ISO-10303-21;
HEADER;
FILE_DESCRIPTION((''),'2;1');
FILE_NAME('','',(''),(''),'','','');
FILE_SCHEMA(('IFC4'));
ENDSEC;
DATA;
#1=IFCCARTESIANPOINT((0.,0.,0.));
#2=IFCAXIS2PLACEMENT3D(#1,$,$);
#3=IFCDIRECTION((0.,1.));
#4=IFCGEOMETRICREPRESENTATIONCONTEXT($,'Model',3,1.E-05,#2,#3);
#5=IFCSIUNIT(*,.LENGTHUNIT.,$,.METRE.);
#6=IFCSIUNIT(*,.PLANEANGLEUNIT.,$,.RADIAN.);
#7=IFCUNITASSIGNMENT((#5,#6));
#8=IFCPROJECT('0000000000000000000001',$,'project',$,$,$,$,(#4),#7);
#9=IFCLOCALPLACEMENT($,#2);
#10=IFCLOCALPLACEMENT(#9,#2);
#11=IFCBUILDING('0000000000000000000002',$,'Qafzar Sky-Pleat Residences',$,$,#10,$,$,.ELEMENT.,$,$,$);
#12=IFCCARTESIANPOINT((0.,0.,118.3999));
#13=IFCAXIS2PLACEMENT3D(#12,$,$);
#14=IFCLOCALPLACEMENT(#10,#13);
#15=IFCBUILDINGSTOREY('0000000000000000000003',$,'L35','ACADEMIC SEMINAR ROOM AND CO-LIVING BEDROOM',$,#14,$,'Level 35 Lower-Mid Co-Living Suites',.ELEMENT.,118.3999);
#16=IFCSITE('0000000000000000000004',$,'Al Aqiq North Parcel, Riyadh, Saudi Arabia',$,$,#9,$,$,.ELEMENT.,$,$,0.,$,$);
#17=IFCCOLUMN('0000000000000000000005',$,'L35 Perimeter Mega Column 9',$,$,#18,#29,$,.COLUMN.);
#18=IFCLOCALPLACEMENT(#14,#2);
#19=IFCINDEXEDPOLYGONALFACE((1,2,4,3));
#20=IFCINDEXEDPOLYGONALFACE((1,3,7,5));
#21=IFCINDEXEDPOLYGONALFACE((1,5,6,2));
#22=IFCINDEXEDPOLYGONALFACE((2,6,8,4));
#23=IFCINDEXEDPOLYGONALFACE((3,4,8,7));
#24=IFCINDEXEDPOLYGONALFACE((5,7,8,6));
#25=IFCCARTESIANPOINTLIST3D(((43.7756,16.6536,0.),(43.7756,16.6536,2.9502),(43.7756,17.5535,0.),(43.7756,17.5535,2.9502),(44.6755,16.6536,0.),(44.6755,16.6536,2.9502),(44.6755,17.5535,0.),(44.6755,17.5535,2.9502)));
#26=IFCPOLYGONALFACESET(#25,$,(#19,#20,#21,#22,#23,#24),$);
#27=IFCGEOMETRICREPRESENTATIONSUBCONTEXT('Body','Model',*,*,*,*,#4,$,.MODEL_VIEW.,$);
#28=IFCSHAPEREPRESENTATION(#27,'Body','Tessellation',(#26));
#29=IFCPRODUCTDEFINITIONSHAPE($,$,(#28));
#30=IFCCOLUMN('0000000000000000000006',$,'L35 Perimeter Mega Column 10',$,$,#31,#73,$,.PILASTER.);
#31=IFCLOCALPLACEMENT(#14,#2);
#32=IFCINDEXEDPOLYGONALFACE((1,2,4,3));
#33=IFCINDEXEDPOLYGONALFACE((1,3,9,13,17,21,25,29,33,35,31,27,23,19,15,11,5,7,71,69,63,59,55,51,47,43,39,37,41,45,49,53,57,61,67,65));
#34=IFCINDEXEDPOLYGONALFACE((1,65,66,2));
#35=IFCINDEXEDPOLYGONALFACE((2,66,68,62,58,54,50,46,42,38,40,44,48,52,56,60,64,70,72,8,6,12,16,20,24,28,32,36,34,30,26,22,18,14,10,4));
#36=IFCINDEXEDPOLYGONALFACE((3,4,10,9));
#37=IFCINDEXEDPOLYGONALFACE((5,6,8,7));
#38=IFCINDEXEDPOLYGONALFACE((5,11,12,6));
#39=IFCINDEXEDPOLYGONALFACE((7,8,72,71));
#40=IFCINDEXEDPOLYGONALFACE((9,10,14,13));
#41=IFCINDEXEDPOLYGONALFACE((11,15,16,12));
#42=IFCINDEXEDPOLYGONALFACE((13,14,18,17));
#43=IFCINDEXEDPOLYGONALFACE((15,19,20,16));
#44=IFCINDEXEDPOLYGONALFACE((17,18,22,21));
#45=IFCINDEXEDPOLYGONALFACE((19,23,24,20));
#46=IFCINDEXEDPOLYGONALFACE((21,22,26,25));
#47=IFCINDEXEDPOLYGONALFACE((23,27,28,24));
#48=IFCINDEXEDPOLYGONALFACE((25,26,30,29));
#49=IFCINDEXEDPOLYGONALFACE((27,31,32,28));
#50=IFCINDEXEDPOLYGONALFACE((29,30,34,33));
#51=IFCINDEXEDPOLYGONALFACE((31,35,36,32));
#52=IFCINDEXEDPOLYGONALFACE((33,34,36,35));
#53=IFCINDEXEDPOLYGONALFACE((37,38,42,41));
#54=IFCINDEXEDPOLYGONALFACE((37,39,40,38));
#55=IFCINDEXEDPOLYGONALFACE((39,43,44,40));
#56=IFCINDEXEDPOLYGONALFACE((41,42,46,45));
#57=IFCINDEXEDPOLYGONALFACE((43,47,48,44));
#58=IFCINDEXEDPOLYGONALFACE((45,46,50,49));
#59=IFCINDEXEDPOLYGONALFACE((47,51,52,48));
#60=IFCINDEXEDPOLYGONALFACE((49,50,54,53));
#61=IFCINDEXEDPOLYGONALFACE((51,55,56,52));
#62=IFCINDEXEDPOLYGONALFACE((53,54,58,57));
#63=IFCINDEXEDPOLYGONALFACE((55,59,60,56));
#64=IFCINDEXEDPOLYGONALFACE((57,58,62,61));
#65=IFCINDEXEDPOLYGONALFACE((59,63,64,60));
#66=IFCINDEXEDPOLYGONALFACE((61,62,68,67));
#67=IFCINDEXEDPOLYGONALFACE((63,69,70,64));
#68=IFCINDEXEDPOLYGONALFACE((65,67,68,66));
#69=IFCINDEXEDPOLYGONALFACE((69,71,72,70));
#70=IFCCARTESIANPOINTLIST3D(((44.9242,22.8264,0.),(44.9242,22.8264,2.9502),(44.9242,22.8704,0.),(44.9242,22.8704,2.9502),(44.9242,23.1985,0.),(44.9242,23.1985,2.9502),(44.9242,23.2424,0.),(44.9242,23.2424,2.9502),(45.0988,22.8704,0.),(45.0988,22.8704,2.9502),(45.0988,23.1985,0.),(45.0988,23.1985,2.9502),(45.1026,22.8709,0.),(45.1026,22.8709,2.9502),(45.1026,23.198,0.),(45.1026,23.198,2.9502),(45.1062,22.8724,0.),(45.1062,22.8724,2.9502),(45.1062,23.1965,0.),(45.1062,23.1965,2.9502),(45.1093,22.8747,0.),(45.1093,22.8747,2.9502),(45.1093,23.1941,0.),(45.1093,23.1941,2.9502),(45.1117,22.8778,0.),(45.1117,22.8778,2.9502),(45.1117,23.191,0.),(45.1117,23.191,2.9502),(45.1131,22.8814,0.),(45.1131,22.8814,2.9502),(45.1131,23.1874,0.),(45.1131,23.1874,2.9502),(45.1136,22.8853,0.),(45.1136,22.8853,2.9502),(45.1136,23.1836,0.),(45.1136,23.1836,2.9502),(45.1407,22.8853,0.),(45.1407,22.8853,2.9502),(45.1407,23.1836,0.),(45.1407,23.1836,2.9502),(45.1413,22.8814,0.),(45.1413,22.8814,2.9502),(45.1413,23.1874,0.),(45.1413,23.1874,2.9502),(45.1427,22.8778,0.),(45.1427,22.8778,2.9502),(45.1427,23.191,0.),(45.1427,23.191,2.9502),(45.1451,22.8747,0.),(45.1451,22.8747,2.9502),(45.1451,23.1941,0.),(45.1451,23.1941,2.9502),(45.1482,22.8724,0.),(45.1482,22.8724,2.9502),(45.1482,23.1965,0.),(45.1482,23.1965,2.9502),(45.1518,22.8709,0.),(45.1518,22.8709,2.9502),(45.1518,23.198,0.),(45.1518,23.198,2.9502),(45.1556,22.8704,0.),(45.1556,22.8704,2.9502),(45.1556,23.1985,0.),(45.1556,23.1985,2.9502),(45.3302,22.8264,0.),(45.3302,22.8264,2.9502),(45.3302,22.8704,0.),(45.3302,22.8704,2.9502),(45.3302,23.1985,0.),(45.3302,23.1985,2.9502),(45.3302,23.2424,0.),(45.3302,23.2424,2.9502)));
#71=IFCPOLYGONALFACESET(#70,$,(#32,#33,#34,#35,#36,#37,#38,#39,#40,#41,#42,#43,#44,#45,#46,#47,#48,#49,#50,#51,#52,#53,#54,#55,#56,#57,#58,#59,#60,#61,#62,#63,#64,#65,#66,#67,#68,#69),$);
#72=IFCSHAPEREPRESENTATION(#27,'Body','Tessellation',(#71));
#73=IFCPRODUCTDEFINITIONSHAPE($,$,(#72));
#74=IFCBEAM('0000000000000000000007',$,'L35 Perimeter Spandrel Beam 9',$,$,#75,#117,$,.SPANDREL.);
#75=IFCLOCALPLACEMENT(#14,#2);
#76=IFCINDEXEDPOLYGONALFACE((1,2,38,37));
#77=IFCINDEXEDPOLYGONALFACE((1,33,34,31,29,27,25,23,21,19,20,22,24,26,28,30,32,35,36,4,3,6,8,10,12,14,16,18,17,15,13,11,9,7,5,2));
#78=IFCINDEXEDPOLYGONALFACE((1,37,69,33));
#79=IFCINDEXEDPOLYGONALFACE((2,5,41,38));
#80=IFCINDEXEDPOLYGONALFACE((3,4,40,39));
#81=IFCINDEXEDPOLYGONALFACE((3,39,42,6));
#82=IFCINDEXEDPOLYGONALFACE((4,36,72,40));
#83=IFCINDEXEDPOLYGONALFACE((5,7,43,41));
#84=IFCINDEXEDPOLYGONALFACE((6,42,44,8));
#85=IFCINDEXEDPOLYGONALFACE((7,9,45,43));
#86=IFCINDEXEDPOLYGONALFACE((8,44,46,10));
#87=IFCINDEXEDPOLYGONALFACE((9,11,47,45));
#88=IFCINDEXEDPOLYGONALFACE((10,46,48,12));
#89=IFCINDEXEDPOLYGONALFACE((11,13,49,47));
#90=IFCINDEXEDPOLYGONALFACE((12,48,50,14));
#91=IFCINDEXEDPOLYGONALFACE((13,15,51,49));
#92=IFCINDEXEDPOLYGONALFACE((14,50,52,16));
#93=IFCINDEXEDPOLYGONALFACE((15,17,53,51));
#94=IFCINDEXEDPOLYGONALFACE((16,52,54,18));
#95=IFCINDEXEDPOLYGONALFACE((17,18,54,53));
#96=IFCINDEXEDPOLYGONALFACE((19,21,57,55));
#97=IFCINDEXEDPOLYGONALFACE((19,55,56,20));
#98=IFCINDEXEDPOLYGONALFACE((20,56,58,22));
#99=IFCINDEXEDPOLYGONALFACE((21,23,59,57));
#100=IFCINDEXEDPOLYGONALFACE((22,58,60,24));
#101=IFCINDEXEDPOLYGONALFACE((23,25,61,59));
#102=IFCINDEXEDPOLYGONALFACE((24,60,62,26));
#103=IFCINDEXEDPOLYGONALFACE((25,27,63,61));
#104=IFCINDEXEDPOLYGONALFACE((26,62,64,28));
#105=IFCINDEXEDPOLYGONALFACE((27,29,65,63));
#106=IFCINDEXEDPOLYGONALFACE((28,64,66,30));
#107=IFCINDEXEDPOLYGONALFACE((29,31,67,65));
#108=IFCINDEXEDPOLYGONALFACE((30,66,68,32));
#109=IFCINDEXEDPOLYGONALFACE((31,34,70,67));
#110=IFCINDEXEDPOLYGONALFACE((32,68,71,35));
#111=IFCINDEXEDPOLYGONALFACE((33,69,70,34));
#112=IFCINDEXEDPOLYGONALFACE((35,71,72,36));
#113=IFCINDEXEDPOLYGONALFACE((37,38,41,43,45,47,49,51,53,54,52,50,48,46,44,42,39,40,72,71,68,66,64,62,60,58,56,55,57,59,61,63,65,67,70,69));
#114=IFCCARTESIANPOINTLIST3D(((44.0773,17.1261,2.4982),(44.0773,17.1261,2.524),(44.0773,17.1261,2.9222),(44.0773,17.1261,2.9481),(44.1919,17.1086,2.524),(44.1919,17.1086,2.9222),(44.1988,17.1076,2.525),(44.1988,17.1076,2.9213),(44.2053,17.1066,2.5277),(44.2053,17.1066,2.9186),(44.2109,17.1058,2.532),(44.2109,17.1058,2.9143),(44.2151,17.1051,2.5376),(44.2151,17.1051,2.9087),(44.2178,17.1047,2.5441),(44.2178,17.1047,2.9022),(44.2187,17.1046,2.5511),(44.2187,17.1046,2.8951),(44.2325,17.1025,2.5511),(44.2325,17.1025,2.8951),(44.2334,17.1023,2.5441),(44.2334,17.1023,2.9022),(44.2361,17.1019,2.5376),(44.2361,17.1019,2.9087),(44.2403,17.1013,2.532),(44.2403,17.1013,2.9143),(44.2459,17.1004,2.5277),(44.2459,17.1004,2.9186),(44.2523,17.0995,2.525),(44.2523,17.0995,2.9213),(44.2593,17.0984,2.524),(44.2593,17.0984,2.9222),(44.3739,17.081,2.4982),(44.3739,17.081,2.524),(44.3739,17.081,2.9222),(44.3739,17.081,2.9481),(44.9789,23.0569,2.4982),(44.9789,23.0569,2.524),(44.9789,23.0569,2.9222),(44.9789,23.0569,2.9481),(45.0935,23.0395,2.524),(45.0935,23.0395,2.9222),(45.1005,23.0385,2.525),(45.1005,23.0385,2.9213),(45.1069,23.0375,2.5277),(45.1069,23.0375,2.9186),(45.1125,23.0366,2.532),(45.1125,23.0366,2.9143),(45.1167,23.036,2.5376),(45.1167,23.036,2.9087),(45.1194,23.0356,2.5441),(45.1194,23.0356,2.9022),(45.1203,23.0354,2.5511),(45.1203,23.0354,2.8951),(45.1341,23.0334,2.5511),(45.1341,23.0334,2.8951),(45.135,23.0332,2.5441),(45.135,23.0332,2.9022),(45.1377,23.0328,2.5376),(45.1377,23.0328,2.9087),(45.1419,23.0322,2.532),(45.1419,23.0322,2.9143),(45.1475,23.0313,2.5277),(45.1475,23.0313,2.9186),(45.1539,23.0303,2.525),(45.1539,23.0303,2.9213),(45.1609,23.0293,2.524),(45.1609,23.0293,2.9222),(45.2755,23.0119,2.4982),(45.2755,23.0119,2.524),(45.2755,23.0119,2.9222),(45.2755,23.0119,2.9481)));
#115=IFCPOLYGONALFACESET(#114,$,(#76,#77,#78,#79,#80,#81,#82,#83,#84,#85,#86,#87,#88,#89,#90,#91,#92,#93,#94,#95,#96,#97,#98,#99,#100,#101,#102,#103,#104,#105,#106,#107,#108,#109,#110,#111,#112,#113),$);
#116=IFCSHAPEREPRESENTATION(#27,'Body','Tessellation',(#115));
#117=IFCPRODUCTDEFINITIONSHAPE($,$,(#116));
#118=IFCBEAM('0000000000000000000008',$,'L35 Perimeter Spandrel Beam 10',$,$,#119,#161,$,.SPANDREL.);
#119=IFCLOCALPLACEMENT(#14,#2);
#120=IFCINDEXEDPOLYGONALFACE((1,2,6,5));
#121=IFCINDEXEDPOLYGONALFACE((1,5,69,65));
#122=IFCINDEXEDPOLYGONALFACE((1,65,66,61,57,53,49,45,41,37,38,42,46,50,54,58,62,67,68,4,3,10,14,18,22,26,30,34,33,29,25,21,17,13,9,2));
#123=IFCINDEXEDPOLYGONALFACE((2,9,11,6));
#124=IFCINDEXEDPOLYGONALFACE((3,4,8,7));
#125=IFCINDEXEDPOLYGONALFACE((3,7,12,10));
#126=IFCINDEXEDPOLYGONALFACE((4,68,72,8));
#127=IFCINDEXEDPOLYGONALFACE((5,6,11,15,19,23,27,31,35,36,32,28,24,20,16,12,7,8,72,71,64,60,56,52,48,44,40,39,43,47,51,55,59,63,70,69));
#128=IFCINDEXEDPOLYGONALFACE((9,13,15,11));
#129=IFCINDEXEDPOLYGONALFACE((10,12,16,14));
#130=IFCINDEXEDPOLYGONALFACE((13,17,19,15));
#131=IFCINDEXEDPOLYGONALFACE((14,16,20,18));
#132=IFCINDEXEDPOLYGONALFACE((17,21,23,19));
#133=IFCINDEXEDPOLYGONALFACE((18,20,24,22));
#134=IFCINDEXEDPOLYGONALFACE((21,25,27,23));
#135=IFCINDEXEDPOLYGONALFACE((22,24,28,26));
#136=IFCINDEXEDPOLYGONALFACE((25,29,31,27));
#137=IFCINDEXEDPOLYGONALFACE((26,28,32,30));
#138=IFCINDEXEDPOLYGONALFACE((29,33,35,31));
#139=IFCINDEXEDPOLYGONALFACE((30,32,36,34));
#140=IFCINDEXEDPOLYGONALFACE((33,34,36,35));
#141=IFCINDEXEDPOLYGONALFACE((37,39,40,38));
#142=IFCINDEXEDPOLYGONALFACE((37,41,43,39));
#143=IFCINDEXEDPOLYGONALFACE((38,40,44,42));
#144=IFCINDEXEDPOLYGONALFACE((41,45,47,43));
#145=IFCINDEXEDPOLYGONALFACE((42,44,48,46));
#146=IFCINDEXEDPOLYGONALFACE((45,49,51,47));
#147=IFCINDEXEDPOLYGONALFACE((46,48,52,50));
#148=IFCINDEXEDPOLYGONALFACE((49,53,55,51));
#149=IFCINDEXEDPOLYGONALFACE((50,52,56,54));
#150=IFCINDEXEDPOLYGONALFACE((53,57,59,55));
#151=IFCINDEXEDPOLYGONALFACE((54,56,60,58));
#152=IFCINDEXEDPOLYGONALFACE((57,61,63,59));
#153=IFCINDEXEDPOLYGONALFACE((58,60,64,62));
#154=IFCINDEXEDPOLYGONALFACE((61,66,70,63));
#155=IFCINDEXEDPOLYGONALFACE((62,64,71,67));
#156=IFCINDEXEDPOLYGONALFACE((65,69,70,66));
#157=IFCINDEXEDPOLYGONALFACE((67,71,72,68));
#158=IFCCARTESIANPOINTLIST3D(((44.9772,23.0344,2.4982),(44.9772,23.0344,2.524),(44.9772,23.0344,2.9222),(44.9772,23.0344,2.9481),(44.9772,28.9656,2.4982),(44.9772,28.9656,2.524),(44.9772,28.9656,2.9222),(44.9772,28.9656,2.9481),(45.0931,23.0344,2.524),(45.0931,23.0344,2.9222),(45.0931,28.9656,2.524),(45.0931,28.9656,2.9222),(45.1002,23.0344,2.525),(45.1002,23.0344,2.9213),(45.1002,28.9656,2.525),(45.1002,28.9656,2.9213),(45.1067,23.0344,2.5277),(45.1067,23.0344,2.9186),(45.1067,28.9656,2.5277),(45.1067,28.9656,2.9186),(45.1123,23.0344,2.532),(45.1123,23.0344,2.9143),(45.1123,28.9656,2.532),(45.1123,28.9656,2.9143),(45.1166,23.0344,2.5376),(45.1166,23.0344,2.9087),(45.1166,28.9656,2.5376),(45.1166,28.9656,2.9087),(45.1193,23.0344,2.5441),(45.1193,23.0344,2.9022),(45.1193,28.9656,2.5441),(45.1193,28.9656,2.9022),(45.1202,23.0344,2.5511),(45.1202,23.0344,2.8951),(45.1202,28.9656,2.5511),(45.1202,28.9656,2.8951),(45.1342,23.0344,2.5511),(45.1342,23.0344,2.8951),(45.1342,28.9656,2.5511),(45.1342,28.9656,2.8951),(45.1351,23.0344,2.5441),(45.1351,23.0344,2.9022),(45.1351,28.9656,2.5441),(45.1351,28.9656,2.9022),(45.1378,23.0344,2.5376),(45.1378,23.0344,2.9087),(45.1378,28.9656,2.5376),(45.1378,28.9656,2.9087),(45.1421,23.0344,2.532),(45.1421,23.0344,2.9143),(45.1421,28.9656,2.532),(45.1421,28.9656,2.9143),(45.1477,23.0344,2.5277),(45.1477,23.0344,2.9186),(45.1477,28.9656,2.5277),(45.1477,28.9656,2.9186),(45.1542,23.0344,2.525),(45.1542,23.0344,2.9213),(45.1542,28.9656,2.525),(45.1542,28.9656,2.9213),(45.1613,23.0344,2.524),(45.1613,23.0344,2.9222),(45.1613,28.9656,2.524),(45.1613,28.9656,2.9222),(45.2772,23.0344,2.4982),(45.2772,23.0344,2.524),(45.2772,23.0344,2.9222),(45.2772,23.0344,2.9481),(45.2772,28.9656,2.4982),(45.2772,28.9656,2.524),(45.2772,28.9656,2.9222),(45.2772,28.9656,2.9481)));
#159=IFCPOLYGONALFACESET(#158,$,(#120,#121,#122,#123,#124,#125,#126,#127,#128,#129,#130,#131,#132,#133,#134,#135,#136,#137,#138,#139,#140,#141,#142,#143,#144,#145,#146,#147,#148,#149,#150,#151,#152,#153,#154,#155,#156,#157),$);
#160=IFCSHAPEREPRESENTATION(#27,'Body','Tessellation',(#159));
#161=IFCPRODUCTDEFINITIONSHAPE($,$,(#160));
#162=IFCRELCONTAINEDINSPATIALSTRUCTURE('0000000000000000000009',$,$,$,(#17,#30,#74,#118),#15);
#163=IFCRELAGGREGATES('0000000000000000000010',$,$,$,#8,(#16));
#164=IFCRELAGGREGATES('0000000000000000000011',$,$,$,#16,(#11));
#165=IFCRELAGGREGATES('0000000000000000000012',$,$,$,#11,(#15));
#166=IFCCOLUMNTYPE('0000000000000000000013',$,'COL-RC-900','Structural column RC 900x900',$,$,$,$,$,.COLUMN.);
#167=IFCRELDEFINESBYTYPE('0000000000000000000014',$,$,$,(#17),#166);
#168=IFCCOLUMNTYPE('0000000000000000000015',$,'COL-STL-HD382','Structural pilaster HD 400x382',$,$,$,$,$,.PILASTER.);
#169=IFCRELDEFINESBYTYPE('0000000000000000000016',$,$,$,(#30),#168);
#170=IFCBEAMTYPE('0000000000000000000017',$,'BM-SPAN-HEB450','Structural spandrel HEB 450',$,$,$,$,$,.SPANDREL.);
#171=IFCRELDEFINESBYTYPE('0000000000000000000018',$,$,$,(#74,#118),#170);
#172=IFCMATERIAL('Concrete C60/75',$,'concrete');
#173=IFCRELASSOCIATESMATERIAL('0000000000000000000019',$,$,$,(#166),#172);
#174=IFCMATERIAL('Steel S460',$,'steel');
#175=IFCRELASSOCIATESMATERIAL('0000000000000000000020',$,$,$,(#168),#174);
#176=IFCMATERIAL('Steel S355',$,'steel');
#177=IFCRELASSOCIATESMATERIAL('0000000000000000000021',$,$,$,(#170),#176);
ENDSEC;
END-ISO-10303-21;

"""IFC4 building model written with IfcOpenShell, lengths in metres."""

from ifc_helpers import new_model, si_unit, direction, frame, origin, origin_2d, place, context, subcontext, project, spatial, rectangle, i_section, extrude, source, transform, mapped, material, material_profile, profile_set, type_object, element, save


model = new_model("IFC4")

# Units and contexts
model_context = context("Model", 3, precision=1e-05, world=origin(), true_north=direction((0.0, 1.0)))
body_context = subcontext(model_context, "Body", "Model", "MODEL_VIEW")
ifc_project = project(units=[si_unit("LENGTHUNIT", "METRE"), si_unit("PLANEANGLEUNIT", "RADIAN")], contexts=[model_context])

# Site, building, storey
site_placement = place(None, origin())
site = spatial("IfcSite", under=ifc_project, at=site_placement, Name="Al Aqiq North Parcel, Riyadh, Saudi Arabia", CompositionType="ELEMENT", RefElevation=0.0)
building_placement = place(site_placement, origin())
building = spatial("IfcBuilding", under=site, at=building_placement, Name="Qafzar Sky-Pleat Residences", CompositionType="ELEMENT")
storey_placement = place(building_placement, frame((0.0, 0.0, 118.3999)))
storey = spatial("IfcBuildingStorey", under=building, at=storey_placement, Name="L35", Description="ACADEMIC SEMINAR ROOM AND CO-LIVING BEDROOM", LongName="Level 35 Lower-Mid Co-Living Suites", CompositionType="ELEMENT", Elevation=118.3999)

# Columns
ifc_material_1 = material(Name="Concrete C60/75", Category="concrete")
ifc_material_profile_1 = material_profile(ifc_material_1, rectangle(XDim=0.8999, YDim=0.8999, at=origin_2d()), Name="RC 900x900")
ifc_profile_set_1 = profile_set([ifc_material_profile_1], Name="Concrete C60/75")
column_type_1 = type_object("IfcColumnType", Name="COL-RC-900", Description="Structural column RC 900x900", PredefinedType="COLUMN", material=ifc_profile_set_1)
shared_shape_1 = source(origin(), body_context, "Body", "SweptSolid", [
    extrude(rectangle(XDim=0.8999, YDim=0.8999, at=origin_2d()), origin(), (0.0, 0.0, 1.0), 2.9502),
])
column_1_placement = place(storey_placement, frame((44.2256, 17.1035, 0.0), z_axis=(0.0, 0.0, 1.0), x_axis=(1.0, 0.0, 0.0)))
element("IfcColumn", 1, at=column_1_placement, inside=storey, type_object=column_type_1, Name="L35 Perimeter Mega Column 9", PredefinedType="COLUMN", context=body_context, shape_type="MappedRepresentation", body=[
    mapped(shared_shape_1, transform((0.0, 0.0, 0.0), x_axis=(1.0, 0.0, 0.0), y_axis=(0.0, 1.0, 0.0), z_axis=(0.0, 0.0, 1.0), scale=1.0)),
])
ifc_material_2 = material(Name="Steel S460", Category="steel")
ifc_material_profile_2 = material_profile(ifc_material_2, i_section(OverallWidth=0.406, OverallDepth=0.416, WebThickness=0.0271, FlangeThickness=0.0439, FilletRadius=0.0149, at=origin_2d()), Name="HD 400x382")
ifc_profile_set_2 = profile_set([ifc_material_profile_2], Name="Steel S460")
column_type_2 = type_object("IfcColumnType", Name="COL-STL-HD382", Description="Structural pilaster HD 400x382", PredefinedType="PILASTER", material=ifc_profile_set_2)
shared_shape_2 = source(origin(), body_context, "Body", "SweptSolid", [
    extrude(i_section(OverallWidth=0.406, OverallDepth=0.416, WebThickness=0.0271, FlangeThickness=0.0439, FilletRadius=0.0149, at=origin_2d()), origin(), (0.0, 0.0, 1.0), 2.9502),
])
column_2_placement = place(storey_placement, frame((45.1272, 23.0344, 0.0), z_axis=(0.0, 0.0, 1.0), x_axis=(1.0, 0.0, 0.0)))
element("IfcColumn", 2, at=column_2_placement, inside=storey, type_object=column_type_2, Name="L35 Perimeter Mega Column 10", PredefinedType="PILASTER", context=body_context, shape_type="MappedRepresentation", body=[
    mapped(shared_shape_2, transform((0.0, 0.0, 0.0), x_axis=(1.0, 0.0, 0.0), y_axis=(0.0, 1.0, 0.0), z_axis=(0.0, 0.0, 1.0), scale=1.0)),
])

# Beams
ifc_material_3 = material(Name="Steel S355", Category="steel")
ifc_material_profile_3 = material_profile(ifc_material_3, i_section(OverallWidth=0.3, OverallDepth=0.45, WebThickness=0.0139, FlangeThickness=0.0259, FilletRadius=0.0271, at=origin_2d()), Name="HEB 450")
ifc_profile_set_3 = profile_set([ifc_material_profile_3], Name="Steel S355")
beam_type_1 = type_object("IfcBeamType", Name="BM-SPAN-HEB450", Description="Structural spandrel HEB 450", PredefinedType="SPANDREL", material=ifc_profile_set_3)
shared_shape_3 = source(origin(), body_context, "Body", "SweptSolid", [
    extrude(i_section(OverallWidth=0.3, OverallDepth=0.45, WebThickness=0.0139, FlangeThickness=0.0259, FilletRadius=0.0271, at=origin_2d()), origin(), (0.0, 0.0, 1.0), 5.999),
])
beam_1_placement = place(storey_placement, frame((44.2256, 17.1035, 2.7231), z_axis=(0.150292, 0.988642, 0.0), x_axis=(-0.988642, 0.150292, 0.0)))
element("IfcBeam", 3, at=beam_1_placement, inside=storey, type_object=beam_type_1, Name="L35 Perimeter Spandrel Beam 9", PredefinedType="SPANDREL", context=body_context, shape_type="MappedRepresentation", body=[
    mapped(shared_shape_3, transform((0.0, 0.0, 0.0), x_axis=(1.0, 0.0, 0.0), y_axis=(0.0, 1.0, 0.0), z_axis=(0.0, 0.0, 1.0), scale=1.0)),
])
shared_shape_4 = source(origin(), body_context, "Body", "SweptSolid", [
    extrude(i_section(OverallWidth=0.3, OverallDepth=0.45, WebThickness=0.0139, FlangeThickness=0.0259, FilletRadius=0.0271, at=origin_2d()), origin(), (0.0, 0.0, 1.0), 5.9312),
])
beam_2_placement = place(storey_placement, frame((45.1272, 23.0344, 2.7231), z_axis=(0.0, 1.0, 0.0), x_axis=(-1.0, 0.0, 0.0)))
element("IfcBeam", 4, at=beam_2_placement, inside=storey, type_object=beam_type_1, Name="L35 Perimeter Spandrel Beam 10", PredefinedType="SPANDREL", context=body_context, shape_type="MappedRepresentation", body=[
    mapped(shared_shape_4, transform((0.0, 0.0, 0.0), x_axis=(1.0, 0.0, 0.0), y_axis=(0.0, 1.0, 0.0), z_axis=(0.0, 0.0, 1.0), scale=1.0)),
])

save(model, "model.ifc")
